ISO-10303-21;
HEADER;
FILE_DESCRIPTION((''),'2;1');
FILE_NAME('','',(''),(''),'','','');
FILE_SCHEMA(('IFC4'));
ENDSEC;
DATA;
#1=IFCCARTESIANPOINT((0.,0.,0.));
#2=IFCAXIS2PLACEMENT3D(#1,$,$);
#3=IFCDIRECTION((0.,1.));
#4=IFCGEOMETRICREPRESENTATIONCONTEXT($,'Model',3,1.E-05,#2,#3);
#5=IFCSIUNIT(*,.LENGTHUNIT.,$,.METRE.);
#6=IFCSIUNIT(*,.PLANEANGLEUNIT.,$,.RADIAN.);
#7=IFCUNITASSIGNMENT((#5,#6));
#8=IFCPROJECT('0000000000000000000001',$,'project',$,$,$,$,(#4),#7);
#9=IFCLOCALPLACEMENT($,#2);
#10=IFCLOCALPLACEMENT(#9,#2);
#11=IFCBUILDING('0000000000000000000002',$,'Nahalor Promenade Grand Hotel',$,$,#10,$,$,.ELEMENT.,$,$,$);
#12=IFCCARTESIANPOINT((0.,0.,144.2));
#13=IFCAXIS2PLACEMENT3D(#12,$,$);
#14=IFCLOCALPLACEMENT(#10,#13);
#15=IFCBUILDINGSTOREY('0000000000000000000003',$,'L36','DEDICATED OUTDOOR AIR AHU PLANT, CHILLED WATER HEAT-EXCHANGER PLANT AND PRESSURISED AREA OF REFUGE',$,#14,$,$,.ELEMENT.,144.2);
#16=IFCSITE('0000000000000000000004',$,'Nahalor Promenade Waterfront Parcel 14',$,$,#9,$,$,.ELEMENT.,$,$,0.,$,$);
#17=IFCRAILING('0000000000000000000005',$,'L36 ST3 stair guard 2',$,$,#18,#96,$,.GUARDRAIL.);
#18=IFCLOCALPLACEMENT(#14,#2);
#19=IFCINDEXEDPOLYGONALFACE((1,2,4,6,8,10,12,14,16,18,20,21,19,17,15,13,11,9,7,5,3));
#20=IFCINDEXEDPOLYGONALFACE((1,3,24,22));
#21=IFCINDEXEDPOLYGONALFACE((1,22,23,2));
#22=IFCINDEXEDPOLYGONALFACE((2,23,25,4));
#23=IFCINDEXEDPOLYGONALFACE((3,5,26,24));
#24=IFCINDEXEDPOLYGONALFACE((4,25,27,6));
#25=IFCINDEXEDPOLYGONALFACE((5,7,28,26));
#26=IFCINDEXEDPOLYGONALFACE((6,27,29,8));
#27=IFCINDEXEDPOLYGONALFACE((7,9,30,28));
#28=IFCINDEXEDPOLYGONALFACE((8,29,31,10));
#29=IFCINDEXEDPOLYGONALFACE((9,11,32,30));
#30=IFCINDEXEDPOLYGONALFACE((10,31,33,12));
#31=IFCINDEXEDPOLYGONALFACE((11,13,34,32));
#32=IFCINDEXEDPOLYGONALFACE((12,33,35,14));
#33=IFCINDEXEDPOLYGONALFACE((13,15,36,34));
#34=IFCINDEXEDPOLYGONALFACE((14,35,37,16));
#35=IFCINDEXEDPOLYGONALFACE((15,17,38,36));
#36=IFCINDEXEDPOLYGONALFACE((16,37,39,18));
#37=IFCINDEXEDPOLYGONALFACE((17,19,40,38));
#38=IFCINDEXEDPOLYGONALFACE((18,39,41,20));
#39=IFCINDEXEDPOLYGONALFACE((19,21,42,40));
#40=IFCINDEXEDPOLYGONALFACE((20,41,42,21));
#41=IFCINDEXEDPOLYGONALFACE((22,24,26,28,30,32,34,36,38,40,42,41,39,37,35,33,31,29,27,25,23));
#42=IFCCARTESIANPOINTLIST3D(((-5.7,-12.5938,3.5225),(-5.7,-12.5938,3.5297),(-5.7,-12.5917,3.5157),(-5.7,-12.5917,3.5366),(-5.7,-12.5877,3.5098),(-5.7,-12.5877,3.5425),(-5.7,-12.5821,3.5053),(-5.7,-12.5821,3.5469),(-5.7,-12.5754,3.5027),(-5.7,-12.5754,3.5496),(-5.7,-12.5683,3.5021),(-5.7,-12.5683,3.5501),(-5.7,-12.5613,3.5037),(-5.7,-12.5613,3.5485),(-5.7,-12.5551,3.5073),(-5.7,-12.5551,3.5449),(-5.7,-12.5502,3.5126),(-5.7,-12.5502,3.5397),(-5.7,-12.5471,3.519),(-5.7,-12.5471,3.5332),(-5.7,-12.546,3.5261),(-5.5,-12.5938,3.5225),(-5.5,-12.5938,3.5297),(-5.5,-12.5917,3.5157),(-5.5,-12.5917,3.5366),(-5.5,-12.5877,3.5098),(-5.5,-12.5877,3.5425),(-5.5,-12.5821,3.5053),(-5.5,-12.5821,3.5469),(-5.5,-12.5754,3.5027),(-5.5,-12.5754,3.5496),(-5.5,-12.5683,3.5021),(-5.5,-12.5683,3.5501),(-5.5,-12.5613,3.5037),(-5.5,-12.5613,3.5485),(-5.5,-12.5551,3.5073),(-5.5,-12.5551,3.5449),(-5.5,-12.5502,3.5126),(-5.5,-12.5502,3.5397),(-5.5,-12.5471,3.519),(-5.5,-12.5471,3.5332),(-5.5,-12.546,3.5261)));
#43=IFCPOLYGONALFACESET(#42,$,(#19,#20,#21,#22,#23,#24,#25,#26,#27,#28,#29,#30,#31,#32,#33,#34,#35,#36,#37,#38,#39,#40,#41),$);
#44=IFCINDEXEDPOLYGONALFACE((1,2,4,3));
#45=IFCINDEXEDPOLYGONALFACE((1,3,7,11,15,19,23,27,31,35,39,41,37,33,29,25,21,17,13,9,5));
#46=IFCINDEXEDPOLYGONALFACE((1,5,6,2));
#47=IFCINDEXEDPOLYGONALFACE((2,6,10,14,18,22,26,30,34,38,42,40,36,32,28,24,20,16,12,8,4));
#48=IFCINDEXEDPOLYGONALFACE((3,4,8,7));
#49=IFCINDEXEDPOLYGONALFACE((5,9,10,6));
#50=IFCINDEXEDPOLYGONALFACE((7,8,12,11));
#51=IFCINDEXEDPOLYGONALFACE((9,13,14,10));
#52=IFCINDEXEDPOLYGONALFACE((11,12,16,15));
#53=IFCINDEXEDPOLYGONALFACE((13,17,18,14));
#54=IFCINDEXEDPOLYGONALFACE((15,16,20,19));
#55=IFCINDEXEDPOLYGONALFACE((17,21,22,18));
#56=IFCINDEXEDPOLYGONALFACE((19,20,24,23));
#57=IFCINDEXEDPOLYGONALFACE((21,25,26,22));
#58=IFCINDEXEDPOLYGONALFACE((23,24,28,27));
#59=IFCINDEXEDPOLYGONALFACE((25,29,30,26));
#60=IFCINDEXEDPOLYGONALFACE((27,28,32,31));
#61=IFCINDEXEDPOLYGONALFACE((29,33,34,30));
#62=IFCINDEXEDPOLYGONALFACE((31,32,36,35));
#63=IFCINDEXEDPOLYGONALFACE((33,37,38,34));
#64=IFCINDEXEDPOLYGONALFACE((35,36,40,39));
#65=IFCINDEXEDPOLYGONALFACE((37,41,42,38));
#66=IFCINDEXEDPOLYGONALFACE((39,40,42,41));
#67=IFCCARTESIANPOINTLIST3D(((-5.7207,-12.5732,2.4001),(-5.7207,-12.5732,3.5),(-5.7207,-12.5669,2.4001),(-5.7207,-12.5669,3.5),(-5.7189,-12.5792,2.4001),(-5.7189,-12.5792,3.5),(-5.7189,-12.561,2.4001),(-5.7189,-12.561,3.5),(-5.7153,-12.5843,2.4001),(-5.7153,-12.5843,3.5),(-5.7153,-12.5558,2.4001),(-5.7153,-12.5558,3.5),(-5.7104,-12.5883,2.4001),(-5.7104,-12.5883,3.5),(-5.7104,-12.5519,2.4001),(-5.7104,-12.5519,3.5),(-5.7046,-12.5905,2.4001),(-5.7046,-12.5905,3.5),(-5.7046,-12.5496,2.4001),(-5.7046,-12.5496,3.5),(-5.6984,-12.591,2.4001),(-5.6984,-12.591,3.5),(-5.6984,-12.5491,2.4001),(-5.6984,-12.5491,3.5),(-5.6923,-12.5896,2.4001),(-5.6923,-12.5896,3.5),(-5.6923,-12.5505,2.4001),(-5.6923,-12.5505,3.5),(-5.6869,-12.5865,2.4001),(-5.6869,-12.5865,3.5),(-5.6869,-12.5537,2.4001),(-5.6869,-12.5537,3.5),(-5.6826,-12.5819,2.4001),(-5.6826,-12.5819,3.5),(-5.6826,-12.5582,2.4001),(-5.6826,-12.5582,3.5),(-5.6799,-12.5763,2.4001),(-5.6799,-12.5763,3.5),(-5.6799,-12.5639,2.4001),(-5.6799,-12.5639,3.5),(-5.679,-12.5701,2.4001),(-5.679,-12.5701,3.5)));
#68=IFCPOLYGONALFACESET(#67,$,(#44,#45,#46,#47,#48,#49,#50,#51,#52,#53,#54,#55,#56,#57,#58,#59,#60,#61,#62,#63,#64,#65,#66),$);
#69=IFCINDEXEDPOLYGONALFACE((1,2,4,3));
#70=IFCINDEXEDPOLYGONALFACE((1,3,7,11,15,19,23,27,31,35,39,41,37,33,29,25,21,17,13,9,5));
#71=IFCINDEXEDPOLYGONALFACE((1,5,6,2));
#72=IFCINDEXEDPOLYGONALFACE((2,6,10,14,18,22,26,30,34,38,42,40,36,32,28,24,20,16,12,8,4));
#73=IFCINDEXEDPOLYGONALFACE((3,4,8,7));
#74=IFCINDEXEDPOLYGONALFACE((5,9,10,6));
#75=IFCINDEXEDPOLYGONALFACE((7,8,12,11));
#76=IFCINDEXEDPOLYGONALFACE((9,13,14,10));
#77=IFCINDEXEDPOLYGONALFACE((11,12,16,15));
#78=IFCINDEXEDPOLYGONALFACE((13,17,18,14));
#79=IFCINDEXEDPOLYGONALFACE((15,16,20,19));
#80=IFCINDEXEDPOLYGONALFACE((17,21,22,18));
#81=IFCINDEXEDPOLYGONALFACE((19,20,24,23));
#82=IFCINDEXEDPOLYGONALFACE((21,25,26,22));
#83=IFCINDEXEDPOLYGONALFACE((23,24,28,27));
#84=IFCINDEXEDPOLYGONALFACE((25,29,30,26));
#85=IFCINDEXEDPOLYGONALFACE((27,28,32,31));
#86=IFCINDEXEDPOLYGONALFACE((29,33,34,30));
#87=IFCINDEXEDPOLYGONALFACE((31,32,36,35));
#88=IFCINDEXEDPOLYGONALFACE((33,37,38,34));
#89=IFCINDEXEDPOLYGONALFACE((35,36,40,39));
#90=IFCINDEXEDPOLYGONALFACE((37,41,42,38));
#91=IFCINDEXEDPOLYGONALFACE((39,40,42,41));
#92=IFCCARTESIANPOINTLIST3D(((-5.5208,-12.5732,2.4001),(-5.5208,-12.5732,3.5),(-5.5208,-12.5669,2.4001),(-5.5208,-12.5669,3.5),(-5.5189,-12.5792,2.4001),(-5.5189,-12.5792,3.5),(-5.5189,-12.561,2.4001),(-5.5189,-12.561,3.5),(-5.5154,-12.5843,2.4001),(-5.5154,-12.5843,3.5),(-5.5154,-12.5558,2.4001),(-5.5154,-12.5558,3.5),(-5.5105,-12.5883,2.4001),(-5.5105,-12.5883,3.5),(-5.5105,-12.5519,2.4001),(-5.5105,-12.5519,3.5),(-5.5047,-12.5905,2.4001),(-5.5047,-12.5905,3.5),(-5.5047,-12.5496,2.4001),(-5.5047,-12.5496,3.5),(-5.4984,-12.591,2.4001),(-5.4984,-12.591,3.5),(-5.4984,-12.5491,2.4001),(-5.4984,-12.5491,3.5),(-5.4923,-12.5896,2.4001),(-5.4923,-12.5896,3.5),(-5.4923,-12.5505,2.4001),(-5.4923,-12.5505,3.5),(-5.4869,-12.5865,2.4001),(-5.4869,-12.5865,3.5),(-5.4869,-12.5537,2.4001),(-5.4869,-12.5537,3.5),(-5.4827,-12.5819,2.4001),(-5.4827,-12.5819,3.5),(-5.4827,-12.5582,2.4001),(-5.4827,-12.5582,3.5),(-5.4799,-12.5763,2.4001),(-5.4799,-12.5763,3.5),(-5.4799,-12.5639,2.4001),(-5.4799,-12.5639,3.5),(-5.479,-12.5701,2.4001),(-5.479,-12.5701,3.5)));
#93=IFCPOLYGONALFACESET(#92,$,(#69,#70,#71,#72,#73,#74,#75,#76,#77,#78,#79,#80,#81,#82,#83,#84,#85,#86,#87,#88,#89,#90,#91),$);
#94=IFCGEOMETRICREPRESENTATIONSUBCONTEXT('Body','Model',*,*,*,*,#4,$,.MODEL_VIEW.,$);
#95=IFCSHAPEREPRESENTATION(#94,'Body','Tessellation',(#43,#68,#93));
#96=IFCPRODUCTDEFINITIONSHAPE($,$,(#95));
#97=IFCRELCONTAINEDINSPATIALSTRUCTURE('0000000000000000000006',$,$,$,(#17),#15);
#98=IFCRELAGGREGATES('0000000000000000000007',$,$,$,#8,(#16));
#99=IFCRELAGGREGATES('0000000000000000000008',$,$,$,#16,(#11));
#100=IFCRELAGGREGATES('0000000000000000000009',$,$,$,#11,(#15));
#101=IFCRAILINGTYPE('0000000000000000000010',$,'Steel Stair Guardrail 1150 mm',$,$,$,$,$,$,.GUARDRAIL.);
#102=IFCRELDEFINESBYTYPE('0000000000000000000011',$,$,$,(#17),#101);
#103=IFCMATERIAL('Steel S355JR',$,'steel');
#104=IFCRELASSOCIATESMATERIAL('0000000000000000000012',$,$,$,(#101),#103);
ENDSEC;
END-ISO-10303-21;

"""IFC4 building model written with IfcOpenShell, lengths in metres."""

from ifc_helpers import new_model, si_unit, direction, frame, origin, origin_2d, place, context, subcontext, project, spatial, circle, extrude, material, type_object, element, save


model = new_model("IFC4")

# Units and contexts
model_context = context("Model", 3, precision=1e-05, world=origin(), true_north=direction((0.0, 1.0)))
body_context = subcontext(model_context, "Body", "Model", "MODEL_VIEW")
ifc_project = project(units=[si_unit("LENGTHUNIT", "METRE"), si_unit("PLANEANGLEUNIT", "RADIAN")], contexts=[model_context])

# Site, building, storey
site_placement = place(None, origin())
site = spatial("IfcSite", under=ifc_project, at=site_placement, Name="Nahalor Promenade Waterfront Parcel 14", CompositionType="ELEMENT", RefElevation=0.0)
building_placement = place(site_placement, origin())
building = spatial("IfcBuilding", under=site, at=building_placement, Name="Nahalor Promenade Grand Hotel", CompositionType="ELEMENT")
storey_placement = place(building_placement, frame((0.0, 0.0, 144.2)))
storey = spatial("IfcBuildingStorey", under=building, at=storey_placement, Name="L36", Description="DEDICATED OUTDOOR AIR AHU PLANT, CHILLED WATER HEAT-EXCHANGER PLANT AND PRESSURISED AREA OF REFUGE", CompositionType="ELEMENT", Elevation=144.2)

# Shared definitions
ifc_material_1 = material(Name="Steel S355JR", Category="steel")

# Railing
railing_type_1 = type_object("IfcRailingType", Name="Steel Stair Guardrail 1150 mm", PredefinedType="GUARDRAIL", material=ifc_material_1)
railing_1_placement = place(storey_placement, frame((-5.7, -12.5701, 2.4001)))
element("IfcRailing", 1, at=railing_1_placement, inside=storey, type_object=railing_type_1, Name="L36 ST3 stair guard 2", PredefinedType="GUARDRAIL", context=body_context, shape_type="SweptSolid", body=[
    extrude(circle(Radius=0.024, at=origin_2d()), frame((0.0, 0.0, 1.126), z_axis=(1.0, 0.0, 0.0), x_axis=(0.0, 1.0, 0.0)), (0.0, 0.0, 1.0), 0.2),
    extrude(circle(Radius=0.021, at=origin_2d()), origin(), (0.0, 0.0, 1.0), 1.0999),
    extrude(circle(Radius=0.021, at=origin_2d()), frame((0.2, 0.0, 0.0)), (0.0, 0.0, 1.0), 1.0999),
])

save(model, "model.ifc")
